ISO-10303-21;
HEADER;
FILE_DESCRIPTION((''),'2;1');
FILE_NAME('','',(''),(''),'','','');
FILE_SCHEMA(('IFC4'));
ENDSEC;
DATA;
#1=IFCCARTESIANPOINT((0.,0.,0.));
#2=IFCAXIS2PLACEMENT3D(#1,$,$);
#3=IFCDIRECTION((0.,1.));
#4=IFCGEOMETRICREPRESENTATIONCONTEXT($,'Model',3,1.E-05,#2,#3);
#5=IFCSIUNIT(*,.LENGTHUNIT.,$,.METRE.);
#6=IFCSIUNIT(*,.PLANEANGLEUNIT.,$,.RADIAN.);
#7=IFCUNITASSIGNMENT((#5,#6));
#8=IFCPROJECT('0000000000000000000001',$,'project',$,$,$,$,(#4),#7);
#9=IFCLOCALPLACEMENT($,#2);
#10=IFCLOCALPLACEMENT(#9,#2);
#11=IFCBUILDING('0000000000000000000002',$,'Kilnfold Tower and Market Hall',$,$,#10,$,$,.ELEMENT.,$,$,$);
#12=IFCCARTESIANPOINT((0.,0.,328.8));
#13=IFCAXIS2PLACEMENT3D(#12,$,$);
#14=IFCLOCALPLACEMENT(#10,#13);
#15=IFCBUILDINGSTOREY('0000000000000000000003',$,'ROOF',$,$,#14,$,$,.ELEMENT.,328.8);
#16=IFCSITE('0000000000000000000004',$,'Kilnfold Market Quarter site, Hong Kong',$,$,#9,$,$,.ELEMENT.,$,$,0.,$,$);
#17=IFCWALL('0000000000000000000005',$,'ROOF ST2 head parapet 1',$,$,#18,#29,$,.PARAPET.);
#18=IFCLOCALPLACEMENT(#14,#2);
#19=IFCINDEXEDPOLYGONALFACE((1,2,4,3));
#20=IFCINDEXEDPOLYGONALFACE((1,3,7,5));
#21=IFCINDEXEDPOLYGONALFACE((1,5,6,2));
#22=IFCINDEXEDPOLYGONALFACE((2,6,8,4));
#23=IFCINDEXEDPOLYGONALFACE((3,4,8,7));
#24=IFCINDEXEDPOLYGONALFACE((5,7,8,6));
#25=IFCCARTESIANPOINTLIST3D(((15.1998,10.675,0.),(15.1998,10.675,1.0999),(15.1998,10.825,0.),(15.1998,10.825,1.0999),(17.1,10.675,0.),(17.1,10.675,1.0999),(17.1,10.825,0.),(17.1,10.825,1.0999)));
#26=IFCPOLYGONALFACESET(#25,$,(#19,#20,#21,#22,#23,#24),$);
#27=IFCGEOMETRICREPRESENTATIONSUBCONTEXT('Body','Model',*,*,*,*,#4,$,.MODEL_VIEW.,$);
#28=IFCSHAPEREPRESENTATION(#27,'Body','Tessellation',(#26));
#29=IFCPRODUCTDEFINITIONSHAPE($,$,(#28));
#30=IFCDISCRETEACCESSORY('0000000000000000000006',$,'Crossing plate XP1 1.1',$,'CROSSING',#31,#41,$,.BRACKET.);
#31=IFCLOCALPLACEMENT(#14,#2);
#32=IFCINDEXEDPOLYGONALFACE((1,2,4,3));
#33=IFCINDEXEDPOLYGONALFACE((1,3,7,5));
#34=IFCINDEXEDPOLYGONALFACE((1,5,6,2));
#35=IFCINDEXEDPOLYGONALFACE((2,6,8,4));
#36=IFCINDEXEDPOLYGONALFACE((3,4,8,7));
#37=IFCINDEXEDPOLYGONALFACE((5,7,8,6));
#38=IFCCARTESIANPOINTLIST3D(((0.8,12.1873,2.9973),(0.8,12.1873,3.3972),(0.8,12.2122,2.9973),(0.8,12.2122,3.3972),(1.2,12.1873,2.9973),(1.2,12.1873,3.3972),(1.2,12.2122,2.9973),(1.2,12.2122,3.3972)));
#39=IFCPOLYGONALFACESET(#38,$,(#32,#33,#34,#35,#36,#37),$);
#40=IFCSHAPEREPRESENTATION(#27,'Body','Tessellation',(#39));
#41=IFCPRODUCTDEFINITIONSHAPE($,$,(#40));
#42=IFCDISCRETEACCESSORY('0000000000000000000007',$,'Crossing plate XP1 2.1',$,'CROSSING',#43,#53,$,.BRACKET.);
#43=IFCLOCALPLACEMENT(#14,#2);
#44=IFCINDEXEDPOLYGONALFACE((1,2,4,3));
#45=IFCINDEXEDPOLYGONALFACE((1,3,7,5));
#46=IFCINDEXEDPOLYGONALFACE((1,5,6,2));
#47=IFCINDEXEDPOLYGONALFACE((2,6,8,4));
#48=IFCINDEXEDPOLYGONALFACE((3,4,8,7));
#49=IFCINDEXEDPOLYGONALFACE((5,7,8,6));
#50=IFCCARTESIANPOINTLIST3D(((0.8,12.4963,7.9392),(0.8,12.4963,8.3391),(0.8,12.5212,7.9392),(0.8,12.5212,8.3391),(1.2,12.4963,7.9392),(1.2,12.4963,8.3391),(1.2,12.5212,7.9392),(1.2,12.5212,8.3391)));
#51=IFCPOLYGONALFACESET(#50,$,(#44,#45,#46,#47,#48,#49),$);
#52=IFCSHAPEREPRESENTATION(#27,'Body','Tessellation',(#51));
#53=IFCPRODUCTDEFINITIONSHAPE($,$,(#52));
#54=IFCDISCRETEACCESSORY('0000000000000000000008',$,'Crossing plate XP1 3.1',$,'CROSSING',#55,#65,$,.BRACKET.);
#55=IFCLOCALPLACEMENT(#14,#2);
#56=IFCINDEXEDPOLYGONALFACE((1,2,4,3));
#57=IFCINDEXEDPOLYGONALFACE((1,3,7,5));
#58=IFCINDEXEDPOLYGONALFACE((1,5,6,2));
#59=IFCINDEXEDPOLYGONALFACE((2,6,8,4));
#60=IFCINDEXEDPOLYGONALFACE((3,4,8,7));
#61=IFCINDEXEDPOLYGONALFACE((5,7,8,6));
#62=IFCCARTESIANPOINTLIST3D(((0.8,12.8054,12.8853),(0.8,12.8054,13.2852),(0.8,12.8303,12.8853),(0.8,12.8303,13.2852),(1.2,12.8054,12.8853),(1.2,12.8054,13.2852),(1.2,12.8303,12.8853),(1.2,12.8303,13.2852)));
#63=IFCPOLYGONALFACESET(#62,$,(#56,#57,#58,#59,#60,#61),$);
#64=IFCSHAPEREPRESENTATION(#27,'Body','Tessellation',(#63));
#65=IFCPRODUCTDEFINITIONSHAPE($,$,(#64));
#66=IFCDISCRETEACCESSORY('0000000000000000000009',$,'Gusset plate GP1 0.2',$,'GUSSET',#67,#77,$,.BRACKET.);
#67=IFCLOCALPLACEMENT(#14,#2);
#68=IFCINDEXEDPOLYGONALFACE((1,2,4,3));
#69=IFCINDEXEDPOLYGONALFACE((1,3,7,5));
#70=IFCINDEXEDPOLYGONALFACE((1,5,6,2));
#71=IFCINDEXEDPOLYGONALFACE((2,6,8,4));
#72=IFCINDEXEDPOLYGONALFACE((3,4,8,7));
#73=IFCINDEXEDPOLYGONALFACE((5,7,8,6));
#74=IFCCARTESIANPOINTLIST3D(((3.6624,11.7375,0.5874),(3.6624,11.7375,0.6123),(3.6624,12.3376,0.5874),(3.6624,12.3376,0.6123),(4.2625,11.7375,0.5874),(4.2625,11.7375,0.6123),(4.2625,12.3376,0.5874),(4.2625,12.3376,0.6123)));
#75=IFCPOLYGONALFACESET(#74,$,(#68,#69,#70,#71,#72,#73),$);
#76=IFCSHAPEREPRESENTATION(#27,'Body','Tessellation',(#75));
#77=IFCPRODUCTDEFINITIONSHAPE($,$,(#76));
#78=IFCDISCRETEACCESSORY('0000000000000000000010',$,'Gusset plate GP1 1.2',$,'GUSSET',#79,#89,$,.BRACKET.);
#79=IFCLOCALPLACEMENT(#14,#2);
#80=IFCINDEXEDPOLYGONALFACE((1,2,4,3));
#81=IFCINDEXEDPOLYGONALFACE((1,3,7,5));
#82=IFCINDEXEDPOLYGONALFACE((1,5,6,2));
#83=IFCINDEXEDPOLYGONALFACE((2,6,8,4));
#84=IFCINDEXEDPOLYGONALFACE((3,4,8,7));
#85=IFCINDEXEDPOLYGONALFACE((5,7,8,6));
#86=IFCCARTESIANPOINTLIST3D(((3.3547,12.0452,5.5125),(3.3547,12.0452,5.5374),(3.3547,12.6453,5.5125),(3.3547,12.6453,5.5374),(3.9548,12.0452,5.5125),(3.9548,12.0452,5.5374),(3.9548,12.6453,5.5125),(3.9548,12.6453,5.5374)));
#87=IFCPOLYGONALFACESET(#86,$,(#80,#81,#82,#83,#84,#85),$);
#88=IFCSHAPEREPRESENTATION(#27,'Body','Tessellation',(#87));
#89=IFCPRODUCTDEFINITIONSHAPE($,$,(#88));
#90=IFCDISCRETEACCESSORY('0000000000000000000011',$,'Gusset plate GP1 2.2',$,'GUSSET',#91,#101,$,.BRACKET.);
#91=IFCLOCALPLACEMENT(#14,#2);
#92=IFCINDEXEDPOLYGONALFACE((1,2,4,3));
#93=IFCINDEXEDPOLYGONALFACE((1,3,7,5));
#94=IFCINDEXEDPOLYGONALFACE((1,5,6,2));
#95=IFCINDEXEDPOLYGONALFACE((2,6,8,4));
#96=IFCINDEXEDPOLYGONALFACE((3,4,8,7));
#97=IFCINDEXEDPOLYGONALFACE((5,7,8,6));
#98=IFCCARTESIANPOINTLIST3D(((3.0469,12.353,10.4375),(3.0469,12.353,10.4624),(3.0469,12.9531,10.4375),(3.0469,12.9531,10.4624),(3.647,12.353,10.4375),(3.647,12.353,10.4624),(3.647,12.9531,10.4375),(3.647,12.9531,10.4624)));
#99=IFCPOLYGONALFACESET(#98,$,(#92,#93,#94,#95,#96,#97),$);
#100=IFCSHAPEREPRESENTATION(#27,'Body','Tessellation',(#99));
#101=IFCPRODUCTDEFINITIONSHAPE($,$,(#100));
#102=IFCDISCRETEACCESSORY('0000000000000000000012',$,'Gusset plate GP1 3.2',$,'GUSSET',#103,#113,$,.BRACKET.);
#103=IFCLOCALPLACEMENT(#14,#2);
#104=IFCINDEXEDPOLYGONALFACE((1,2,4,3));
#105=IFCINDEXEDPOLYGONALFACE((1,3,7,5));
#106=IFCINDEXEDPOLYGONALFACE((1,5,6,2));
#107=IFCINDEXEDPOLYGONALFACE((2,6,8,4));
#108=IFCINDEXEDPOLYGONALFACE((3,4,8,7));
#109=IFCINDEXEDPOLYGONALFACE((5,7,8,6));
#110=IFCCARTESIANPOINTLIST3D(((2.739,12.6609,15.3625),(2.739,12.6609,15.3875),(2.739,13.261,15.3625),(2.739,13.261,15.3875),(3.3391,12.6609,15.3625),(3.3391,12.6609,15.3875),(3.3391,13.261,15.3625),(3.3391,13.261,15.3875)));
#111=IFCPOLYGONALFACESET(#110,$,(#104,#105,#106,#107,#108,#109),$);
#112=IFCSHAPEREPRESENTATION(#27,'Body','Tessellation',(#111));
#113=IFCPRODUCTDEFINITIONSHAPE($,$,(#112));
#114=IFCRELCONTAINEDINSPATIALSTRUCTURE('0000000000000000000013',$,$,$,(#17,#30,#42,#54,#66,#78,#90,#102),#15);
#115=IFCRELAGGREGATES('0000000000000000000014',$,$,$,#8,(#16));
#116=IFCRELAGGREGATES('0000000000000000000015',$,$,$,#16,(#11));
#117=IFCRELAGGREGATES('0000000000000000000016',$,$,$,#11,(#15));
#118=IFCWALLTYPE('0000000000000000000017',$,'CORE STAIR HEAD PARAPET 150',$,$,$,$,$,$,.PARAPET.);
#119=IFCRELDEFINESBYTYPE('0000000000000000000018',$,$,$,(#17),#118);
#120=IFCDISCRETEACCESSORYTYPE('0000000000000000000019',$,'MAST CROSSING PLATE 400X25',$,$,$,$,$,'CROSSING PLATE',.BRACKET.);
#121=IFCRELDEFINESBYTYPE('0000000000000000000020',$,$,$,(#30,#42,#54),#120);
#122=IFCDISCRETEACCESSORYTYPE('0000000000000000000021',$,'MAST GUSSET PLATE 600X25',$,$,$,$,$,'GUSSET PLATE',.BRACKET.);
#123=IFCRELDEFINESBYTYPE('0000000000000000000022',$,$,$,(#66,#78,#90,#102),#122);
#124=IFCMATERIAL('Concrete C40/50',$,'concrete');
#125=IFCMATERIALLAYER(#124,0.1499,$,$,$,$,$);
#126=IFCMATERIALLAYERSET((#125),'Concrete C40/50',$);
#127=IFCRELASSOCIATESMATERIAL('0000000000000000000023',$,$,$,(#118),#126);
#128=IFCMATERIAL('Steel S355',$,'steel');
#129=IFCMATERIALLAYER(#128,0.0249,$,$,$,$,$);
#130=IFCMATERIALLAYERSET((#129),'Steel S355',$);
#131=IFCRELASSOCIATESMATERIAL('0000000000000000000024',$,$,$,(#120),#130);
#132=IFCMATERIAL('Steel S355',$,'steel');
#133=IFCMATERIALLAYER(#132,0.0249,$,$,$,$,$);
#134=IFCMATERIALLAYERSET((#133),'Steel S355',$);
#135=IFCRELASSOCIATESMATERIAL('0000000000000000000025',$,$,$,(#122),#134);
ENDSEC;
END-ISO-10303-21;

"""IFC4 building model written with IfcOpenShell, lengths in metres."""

from ifc_helpers import new_model, si_unit, direction, frame, frame_2d, origin, origin_2d, place, context, subcontext, project, spatial, rectangle, extrude, source, transform, mapped, material, layer, layer_set, type_object, element, save


model = new_model("IFC4")

# Units and contexts
model_context = context("Model", 3, precision=1e-05, world=origin(), true_north=direction((0.0, 1.0)))
body_context = subcontext(model_context, "Body", "Model", "MODEL_VIEW")
ifc_project = project(units=[si_unit("LENGTHUNIT", "METRE"), si_unit("PLANEANGLEUNIT", "RADIAN")], contexts=[model_context])

# Site, building, storey
site_placement = place(None, origin())
site = spatial("IfcSite", under=ifc_project, at=site_placement, Name="Kilnfold Market Quarter site, Hong Kong", CompositionType="ELEMENT", RefElevation=0.0)
building_placement = place(site_placement, origin())
building = spatial("IfcBuilding", under=site, at=building_placement, Name="Kilnfold Tower and Market Hall", CompositionType="ELEMENT")
storey_placement = place(building_placement, frame((0.0, 0.0, 328.8)))
storey = spatial("IfcBuildingStorey", under=building, at=storey_placement, Name="ROOF", CompositionType="ELEMENT", Elevation=328.8)

# Wall
ifc_material_1 = material(Name="Concrete C40/50", Category="concrete")
ifc_layer_1 = layer(ifc_material_1, 0.1499)
ifc_layer_set_1 = layer_set([ifc_layer_1], Name="Concrete C40/50")
wall_type_1 = type_object("IfcWallType", Name="CORE STAIR HEAD PARAPET 150", PredefinedType="PARAPET", material=ifc_layer_set_1)
shared_shape_1 = source(origin(), body_context, "Body", "SweptSolid", [
    extrude(rectangle(XDim=1.9001, YDim=0.1499, at=frame_2d((0.9502, 0.0))), origin(), (0.0, 0.0, 1.0), 1.0999),
])
wall_1_placement = place(storey_placement, frame((17.1001, 10.75, 0.0), z_axis=(0.0, 0.0, 1.0), x_axis=(-1.0, 0.0, 0.0)))
element("IfcWall", 1, at=wall_1_placement, inside=storey, type_object=wall_type_1, Name="ROOF ST2 head parapet 1", PredefinedType="PARAPET", context=body_context, shape_type="MappedRepresentation", body=[
    mapped(shared_shape_1, transform((0.0, 0.0, 0.0))),
])

# Discrete accessories
ifc_material_2 = material(Name="Steel S355", Category="steel")
ifc_layer_2 = layer(ifc_material_2, 0.0249)
ifc_layer_set_2 = layer_set([ifc_layer_2], Name="Steel S355")
discrete_accessory_type_1 = type_object("IfcDiscreteAccessoryType", Name="MAST CROSSING PLATE 400X25", ElementType="CROSSING PLATE", PredefinedType="BRACKET", material=ifc_layer_set_2)
shared_shape_2 = source(origin(), body_context, "Body", "SweptSolid", [
    extrude(rectangle(XDim=0.3999, YDim=0.0249, at=origin_2d()), origin(), (0.0, 0.0, 1.0), 0.3999),
])
for number, where, z_axis, x_axis, name in (
    (2, (1.0, 12.1997, 2.9973), (0.0, 0.0, 1.0), (1.0, 0.0, 0.0), "Crossing plate XP1 1.1"),
    (3, (1.0, 12.5088, 7.9392), (0.0, 0.0, 1.0), (1.0, 0.0, 0.0), "Crossing plate XP1 2.1"),
    (4, (1.0, 12.8179, 12.8853), (0.0, 0.0, 1.0), (1.0, 0.0, 0.0), "Crossing plate XP1 3.1"),
):
    element("IfcDiscreteAccessory", number, at=place(storey_placement, frame(where, z_axis=z_axis, x_axis=x_axis)), inside=storey, type_object=discrete_accessory_type_1, Name=name, ObjectType="CROSSING", PredefinedType="BRACKET", context=body_context, shape_type="MappedRepresentation", body=[
        mapped(shared_shape_2, transform((0.0, 0.0, 0.0))),
    ])
ifc_material_3 = material(Name="Steel S355", Category="steel")
ifc_layer_3 = layer(ifc_material_3, 0.0249)
ifc_layer_set_3 = layer_set([ifc_layer_3], Name="Steel S355")
discrete_accessory_type_2 = type_object("IfcDiscreteAccessoryType", Name="MAST GUSSET PLATE 600X25", ElementType="GUSSET PLATE", PredefinedType="BRACKET", material=ifc_layer_set_3)
shared_shape_3 = source(origin(), body_context, "Body", "SweptSolid", [
    extrude(rectangle(XDim=0.6001, YDim=0.6001, at=origin_2d()), origin(), (0.0, 0.0, 1.0), 0.0249),
])
for number, where, z_axis, x_axis, name in (
    (5, (3.9624, 12.0376, 0.5874), (0.0, 0.0, 1.0), (1.0, 0.0, 0.0), "Gusset plate GP1 0.2"),
    (6, (3.6548, 12.3452, 5.5125), (0.0, 0.0, 1.0), (1.0, 0.0, 0.0), "Gusset plate GP1 1.2"),
    (7, (3.3469, 12.6531, 10.4375), (0.0, 0.0, 1.0), (1.0, 0.0, 0.0), "Gusset plate GP1 2.2"),
    (8, (3.0391, 12.9609, 15.3625), (0.0, 0.0, 1.0), (1.0, 0.0, 0.0), "Gusset plate GP1 3.2"),
):
    element("IfcDiscreteAccessory", number, at=place(storey_placement, frame(where, z_axis=z_axis, x_axis=x_axis)), inside=storey, type_object=discrete_accessory_type_2, Name=name, ObjectType="GUSSET", PredefinedType="BRACKET", context=body_context, shape_type="MappedRepresentation", body=[
        mapped(shared_shape_3, transform((0.0, 0.0, 0.0))),
    ])

save(model, "model.ifc")
